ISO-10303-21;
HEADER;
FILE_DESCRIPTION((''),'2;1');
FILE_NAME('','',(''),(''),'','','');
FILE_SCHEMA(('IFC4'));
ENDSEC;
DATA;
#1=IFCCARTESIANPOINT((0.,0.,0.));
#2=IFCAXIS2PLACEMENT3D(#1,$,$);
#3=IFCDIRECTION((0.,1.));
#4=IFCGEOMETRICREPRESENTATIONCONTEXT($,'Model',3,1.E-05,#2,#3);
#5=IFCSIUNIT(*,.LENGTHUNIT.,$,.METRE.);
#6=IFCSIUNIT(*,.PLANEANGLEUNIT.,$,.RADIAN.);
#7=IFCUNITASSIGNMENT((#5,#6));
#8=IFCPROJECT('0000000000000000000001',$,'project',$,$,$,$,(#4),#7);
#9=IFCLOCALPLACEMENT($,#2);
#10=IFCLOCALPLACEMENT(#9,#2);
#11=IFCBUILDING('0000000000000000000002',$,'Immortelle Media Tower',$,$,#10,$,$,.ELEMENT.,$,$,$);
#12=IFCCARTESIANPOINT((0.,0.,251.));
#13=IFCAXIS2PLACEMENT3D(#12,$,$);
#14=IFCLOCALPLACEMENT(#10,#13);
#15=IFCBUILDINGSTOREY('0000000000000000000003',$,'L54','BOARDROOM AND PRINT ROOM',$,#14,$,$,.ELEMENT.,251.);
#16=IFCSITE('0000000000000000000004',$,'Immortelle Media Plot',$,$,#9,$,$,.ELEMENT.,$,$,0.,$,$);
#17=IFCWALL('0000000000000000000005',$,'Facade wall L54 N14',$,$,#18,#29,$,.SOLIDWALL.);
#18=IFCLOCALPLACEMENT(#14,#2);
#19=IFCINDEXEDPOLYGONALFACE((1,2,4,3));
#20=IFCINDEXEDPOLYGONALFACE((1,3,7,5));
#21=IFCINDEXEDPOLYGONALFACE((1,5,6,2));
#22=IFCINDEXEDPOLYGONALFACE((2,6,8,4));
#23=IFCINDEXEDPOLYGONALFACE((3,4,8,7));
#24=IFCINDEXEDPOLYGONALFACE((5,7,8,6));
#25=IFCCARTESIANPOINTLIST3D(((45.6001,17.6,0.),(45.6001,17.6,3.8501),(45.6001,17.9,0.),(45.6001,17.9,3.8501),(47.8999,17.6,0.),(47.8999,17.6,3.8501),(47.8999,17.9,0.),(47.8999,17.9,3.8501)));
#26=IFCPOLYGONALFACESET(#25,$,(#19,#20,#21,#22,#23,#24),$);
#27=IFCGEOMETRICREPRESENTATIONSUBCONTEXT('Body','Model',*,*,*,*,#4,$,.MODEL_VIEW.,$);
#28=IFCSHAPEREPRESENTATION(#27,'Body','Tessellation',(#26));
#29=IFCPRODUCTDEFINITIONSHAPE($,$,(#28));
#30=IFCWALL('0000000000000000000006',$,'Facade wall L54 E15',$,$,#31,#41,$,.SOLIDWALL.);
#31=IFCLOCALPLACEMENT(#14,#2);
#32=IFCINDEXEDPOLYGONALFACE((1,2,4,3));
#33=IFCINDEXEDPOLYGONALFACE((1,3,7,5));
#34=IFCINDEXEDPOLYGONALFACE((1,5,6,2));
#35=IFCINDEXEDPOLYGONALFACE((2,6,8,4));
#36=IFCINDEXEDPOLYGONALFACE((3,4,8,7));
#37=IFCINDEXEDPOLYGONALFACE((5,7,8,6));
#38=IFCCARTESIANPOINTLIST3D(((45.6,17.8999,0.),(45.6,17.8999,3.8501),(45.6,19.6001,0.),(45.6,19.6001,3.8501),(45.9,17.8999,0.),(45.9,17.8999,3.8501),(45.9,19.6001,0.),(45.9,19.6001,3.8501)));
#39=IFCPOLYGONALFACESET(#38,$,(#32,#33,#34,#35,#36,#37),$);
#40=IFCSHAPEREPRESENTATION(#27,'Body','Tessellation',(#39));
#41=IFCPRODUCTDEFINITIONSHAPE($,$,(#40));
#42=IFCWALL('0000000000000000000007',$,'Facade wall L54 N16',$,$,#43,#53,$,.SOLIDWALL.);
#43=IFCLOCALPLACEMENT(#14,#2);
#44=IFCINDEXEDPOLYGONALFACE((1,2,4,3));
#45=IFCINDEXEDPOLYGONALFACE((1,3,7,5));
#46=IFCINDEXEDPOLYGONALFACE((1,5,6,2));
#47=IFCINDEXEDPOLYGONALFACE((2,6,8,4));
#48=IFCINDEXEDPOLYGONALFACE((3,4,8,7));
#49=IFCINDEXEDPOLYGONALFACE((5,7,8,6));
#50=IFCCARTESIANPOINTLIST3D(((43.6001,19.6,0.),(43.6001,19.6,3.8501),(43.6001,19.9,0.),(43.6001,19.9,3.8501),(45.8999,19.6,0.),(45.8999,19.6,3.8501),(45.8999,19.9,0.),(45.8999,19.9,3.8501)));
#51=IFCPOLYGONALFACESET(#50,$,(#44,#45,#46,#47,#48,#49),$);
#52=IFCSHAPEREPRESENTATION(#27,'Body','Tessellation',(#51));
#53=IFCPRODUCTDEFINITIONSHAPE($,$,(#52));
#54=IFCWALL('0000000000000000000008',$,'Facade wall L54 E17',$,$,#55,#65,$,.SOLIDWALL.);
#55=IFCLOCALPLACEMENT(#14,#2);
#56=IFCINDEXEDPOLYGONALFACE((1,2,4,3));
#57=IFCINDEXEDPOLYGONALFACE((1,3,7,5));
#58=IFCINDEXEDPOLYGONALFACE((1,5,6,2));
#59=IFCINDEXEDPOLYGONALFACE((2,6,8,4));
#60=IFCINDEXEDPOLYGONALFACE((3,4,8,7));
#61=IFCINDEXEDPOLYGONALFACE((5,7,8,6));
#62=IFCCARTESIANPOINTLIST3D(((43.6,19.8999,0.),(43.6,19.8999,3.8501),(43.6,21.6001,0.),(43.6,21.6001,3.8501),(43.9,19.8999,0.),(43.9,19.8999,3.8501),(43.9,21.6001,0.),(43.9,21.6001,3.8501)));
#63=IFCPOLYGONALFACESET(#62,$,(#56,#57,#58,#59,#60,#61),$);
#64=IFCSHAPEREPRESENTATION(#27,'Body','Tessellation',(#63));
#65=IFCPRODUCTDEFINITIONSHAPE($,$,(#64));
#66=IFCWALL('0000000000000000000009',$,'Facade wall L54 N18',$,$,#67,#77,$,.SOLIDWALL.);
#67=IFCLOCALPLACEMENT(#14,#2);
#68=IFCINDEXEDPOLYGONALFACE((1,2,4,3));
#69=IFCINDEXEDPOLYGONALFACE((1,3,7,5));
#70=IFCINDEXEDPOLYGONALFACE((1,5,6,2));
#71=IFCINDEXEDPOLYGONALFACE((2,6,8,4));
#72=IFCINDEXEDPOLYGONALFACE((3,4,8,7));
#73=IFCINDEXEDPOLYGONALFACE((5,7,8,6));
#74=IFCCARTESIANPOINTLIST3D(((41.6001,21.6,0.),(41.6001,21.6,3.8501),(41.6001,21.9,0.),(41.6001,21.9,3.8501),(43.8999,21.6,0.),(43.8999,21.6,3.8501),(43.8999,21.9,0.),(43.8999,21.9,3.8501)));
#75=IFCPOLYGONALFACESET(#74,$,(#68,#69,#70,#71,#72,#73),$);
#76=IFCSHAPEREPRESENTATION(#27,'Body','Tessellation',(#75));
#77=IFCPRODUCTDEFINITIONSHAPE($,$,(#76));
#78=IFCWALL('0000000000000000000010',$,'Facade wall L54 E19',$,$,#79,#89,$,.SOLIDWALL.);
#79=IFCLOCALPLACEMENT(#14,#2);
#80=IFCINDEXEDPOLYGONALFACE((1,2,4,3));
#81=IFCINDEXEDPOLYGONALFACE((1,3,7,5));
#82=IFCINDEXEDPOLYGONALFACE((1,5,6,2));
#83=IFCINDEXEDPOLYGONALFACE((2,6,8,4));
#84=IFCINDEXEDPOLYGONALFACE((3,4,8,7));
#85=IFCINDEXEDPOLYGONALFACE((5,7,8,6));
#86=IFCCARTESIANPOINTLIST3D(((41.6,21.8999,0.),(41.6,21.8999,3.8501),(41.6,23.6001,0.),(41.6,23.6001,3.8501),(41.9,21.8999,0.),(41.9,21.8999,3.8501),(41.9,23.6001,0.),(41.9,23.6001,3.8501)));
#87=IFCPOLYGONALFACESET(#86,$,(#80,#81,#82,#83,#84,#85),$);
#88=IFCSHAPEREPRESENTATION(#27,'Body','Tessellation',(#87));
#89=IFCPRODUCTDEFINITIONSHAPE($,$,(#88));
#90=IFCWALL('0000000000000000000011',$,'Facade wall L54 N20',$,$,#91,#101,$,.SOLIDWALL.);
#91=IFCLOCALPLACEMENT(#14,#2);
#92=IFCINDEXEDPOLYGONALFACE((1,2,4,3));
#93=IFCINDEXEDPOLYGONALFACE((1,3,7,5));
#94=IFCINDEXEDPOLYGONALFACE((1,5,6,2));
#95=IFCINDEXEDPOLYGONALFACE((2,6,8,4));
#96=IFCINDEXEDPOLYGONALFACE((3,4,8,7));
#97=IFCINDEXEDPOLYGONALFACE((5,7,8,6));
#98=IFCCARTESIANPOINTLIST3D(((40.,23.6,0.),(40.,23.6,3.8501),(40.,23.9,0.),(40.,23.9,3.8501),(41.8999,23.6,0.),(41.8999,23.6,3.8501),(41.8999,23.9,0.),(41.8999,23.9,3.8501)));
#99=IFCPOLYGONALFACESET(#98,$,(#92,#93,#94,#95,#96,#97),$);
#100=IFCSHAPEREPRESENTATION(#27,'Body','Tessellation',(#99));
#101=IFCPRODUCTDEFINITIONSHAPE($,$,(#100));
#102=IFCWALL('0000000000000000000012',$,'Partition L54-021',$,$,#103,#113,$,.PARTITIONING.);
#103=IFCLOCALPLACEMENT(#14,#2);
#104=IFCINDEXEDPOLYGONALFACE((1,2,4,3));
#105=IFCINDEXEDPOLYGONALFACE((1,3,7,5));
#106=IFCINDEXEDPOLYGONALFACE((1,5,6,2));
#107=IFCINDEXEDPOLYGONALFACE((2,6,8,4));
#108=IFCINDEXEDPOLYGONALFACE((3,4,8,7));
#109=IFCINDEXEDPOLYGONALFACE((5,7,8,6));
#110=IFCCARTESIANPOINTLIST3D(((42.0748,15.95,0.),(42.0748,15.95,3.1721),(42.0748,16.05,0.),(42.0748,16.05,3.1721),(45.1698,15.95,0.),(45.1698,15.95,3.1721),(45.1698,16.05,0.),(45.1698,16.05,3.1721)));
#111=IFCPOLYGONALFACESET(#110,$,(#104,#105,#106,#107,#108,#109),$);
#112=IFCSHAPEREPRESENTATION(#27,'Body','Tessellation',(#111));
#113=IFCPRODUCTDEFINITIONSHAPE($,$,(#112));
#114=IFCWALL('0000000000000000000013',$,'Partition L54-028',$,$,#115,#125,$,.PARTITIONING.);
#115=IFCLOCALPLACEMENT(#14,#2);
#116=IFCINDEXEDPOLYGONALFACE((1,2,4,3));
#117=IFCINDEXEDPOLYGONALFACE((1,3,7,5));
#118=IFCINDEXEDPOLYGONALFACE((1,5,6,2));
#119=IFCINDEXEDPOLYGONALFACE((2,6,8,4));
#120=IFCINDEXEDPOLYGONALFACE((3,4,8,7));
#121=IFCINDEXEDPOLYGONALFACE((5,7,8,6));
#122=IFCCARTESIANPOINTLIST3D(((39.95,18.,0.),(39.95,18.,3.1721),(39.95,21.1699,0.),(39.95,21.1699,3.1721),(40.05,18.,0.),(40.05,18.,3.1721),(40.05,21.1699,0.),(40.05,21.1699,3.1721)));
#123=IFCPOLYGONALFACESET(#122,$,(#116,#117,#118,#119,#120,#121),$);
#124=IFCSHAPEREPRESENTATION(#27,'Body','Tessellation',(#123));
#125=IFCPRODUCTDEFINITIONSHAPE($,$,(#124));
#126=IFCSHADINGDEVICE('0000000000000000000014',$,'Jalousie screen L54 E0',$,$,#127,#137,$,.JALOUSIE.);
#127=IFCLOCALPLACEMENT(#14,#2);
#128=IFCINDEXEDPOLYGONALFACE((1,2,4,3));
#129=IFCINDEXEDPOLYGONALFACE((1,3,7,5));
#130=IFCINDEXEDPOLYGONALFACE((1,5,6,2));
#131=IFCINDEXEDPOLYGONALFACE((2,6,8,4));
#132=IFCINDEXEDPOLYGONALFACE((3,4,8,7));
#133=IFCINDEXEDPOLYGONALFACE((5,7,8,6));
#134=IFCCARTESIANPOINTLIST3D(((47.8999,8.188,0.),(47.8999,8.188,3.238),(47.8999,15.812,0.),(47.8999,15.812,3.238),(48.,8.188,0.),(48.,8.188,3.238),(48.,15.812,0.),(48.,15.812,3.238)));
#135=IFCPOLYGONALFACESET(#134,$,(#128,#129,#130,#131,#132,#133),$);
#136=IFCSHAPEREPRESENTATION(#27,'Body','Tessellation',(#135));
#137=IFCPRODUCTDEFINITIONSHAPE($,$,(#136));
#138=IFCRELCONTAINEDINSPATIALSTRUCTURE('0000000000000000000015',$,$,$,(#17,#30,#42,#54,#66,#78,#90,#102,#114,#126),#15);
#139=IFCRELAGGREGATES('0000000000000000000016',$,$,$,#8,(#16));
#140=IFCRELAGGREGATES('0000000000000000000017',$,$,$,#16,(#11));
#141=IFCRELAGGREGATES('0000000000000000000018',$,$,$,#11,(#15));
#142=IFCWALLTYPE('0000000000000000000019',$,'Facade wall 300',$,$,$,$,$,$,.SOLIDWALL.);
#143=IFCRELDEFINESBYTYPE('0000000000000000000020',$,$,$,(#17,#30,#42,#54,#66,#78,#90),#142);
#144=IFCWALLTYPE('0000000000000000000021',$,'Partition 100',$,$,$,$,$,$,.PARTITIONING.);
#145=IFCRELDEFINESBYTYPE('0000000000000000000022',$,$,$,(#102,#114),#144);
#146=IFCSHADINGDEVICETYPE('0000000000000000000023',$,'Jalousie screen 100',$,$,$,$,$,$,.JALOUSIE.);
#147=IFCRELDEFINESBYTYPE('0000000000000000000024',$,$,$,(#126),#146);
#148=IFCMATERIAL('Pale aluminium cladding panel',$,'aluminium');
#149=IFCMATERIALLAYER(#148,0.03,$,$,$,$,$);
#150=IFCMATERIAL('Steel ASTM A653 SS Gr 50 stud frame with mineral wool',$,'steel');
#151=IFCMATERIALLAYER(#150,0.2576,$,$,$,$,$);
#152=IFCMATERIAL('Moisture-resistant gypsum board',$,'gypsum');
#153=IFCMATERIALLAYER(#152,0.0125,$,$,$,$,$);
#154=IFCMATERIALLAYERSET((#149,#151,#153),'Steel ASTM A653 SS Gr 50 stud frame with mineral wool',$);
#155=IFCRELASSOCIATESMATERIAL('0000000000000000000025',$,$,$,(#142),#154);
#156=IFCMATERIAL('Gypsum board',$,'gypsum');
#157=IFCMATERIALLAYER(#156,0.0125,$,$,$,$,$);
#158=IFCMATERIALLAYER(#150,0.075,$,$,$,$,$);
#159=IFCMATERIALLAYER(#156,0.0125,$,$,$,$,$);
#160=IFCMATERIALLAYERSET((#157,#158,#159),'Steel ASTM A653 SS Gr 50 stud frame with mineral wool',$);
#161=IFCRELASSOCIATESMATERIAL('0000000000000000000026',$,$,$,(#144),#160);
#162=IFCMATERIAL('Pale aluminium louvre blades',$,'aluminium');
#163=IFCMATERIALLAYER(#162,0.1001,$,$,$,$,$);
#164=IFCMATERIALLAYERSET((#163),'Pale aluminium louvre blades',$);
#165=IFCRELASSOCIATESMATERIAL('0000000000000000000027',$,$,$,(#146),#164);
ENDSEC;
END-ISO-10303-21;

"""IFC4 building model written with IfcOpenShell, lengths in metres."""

from ifc_helpers import new_model, si_unit, direction, frame, frame_2d, origin, origin_2d, place, context, subcontext, project, spatial, rectangle, extrude, material, layer, layer_set, type_object, element, save


model = new_model("IFC4")

# Units and contexts
model_context = context("Model", 3, precision=1e-05, world=origin(), true_north=direction((0.0, 1.0)))
body_context = subcontext(model_context, "Body", "Model", "MODEL_VIEW")
ifc_project = project(units=[si_unit("LENGTHUNIT", "METRE"), si_unit("PLANEANGLEUNIT", "RADIAN")], contexts=[model_context])

# Site, building, storey
site_placement = place(None, origin())
site = spatial("IfcSite", under=ifc_project, at=site_placement, Name="Immortelle Media Plot", CompositionType="ELEMENT", RefElevation=0.0)
building_placement = place(site_placement, origin())
building = spatial("IfcBuilding", under=site, at=building_placement, Name="Immortelle Media Tower", CompositionType="ELEMENT")
storey_placement = place(building_placement, frame((0.0, 0.0, 251.0)))
storey = spatial("IfcBuildingStorey", under=building, at=storey_placement, Name="L54", Description="BOARDROOM AND PRINT ROOM", CompositionType="ELEMENT", Elevation=251.0)

# Walls
ifc_material_1 = material(Name="Steel ASTM A653 SS Gr 50 stud frame with mineral wool", Category="steel")
ifc_material_2 = material(Name="Pale aluminium cladding panel", Category="aluminium")
ifc_layer_1 = layer(ifc_material_2, 0.03)
ifc_layer_2 = layer(ifc_material_1, 0.2576)
ifc_material_3 = material(Name="Moisture-resistant gypsum board", Category="gypsum")
ifc_layer_3 = layer(ifc_material_3, 0.0125)
ifc_layer_set_1 = layer_set([ifc_layer_1, ifc_layer_2, ifc_layer_3], Name="Steel ASTM A653 SS Gr 50 stud frame with mineral wool")
wall_type_1 = type_object("IfcWallType", Name="Facade wall 300", PredefinedType="SOLIDWALL", material=ifc_layer_set_1)
wall_1_placement = place(storey_placement, frame((47.8999, 17.75, 0.0), z_axis=(0.0, 0.0, 1.0), x_axis=(-1.0, 0.0, 0.0)))
element("IfcWall", 1, at=wall_1_placement, inside=storey, type_object=wall_type_1, Name="Facade wall L54 N14", PredefinedType="SOLIDWALL", context=body_context, shape_type="SweptSolid", body=[
    extrude(rectangle(XDim=2.2998, YDim=0.3, at=frame_2d((1.1499, 0.0))), origin(), (0.0, 0.0, 1.0), 3.8501),
])
wall_2_placement = place(storey_placement, frame((45.75, 17.8999, 0.0), z_axis=(0.0, 0.0, 1.0), x_axis=(0.0, 1.0, 0.0)))
element("IfcWall", 2, at=wall_2_placement, inside=storey, type_object=wall_type_1, Name="Facade wall L54 E15", PredefinedType="SOLIDWALL", context=body_context, shape_type="SweptSolid", body=[
    extrude(rectangle(XDim=1.7002, YDim=0.3, at=frame_2d((0.8501, 0.0))), origin(), (0.0, 0.0, 1.0), 3.8501),
])
wall_3_placement = place(storey_placement, frame((45.8999, 19.75, 0.0), z_axis=(0.0, 0.0, 1.0), x_axis=(-1.0, 0.0, 0.0)))
element("IfcWall", 3, at=wall_3_placement, inside=storey, type_object=wall_type_1, Name="Facade wall L54 N16", PredefinedType="SOLIDWALL", context=body_context, shape_type="SweptSolid", body=[
    extrude(rectangle(XDim=2.2998, YDim=0.3, at=frame_2d((1.1499, 0.0))), origin(), (0.0, 0.0, 1.0), 3.8501),
])
wall_4_placement = place(storey_placement, frame((43.75, 19.8999, 0.0), z_axis=(0.0, 0.0, 1.0), x_axis=(0.0, 1.0, 0.0)))
element("IfcWall", 4, at=wall_4_placement, inside=storey, type_object=wall_type_1, Name="Facade wall L54 E17", PredefinedType="SOLIDWALL", context=body_context, shape_type="SweptSolid", body=[
    extrude(rectangle(XDim=1.7002, YDim=0.3, at=frame_2d((0.8501, 0.0))), origin(), (0.0, 0.0, 1.0), 3.8501),
])
wall_5_placement = place(storey_placement, frame((43.8999, 21.75, 0.0), z_axis=(0.0, 0.0, 1.0), x_axis=(-1.0, 0.0, 0.0)))
element("IfcWall", 5, at=wall_5_placement, inside=storey, type_object=wall_type_1, Name="Facade wall L54 N18", PredefinedType="SOLIDWALL", context=body_context, shape_type="SweptSolid", body=[
    extrude(rectangle(XDim=2.2998, YDim=0.3, at=frame_2d((1.1499, 0.0))), origin(), (0.0, 0.0, 1.0), 3.8501),
])
wall_6_placement = place(storey_placement, frame((41.75, 21.8999, 0.0), z_axis=(0.0, 0.0, 1.0), x_axis=(0.0, 1.0, 0.0)))
element("IfcWall", 6, at=wall_6_placement, inside=storey, type_object=wall_type_1, Name="Facade wall L54 E19", PredefinedType="SOLIDWALL", context=body_context, shape_type="SweptSolid", body=[
    extrude(rectangle(XDim=1.7002, YDim=0.3, at=frame_2d((0.8501, 0.0))), origin(), (0.0, 0.0, 1.0), 3.8501),
])
wall_7_placement = place(storey_placement, frame((41.8999, 23.75, 0.0), z_axis=(0.0, 0.0, 1.0), x_axis=(-1.0, 0.0, 0.0)))
element("IfcWall", 7, at=wall_7_placement, inside=storey, type_object=wall_type_1, Name="Facade wall L54 N20", PredefinedType="SOLIDWALL", context=body_context, shape_type="SweptSolid", body=[
    extrude(rectangle(XDim=1.8999, YDim=0.3, at=frame_2d((0.95, 0.0))), origin(), (0.0, 0.0, 1.0), 3.8501),
])
ifc_material_4 = material(Name="Gypsum board", Category="gypsum")
ifc_layer_4 = layer(ifc_material_4, 0.0125)
ifc_layer_5 = layer(ifc_material_1, 0.075)
ifc_layer_6 = layer(ifc_material_4, 0.0125)
ifc_layer_set_2 = layer_set([ifc_layer_4, ifc_layer_5, ifc_layer_6], Name="Steel ASTM A653 SS Gr 50 stud frame with mineral wool")
wall_type_2 = type_object("IfcWallType", Name="Partition 100", PredefinedType="PARTITIONING", material=ifc_layer_set_2)
wall_8_placement = place(storey_placement, frame((42.075, 16.0, 0.0), z_axis=(0.0, 0.0, 1.0), x_axis=(1.0, 0.0, 0.0)))
element("IfcWall", 8, at=wall_8_placement, inside=storey, type_object=wall_type_2, Name="Partition L54-021", PredefinedType="PARTITIONING", context=body_context, shape_type="SweptSolid", body=[
    extrude(rectangle(XDim=3.095, YDim=0.1001, at=frame_2d((1.5474, 0.0))), origin(), (0.0, 0.0, 1.0), 3.1721),
])
wall_9_placement = place(storey_placement, frame((40.0, 18.0, 0.0), z_axis=(0.0, 0.0, 1.0), x_axis=(0.0, 1.0, 0.0)))
element("IfcWall", 9, at=wall_9_placement, inside=storey, type_object=wall_type_2, Name="Partition L54-028", PredefinedType="PARTITIONING", context=body_context, shape_type="SweptSolid", body=[
    extrude(rectangle(XDim=3.1699, YDim=0.1001, at=frame_2d((1.585, 0.0))), origin(), (0.0, 0.0, 1.0), 3.1721),
])

# Shading device
ifc_material_5 = material(Name="Pale aluminium louvre blades", Category="aluminium")
ifc_layer_7 = layer(ifc_material_5, 0.1001)
ifc_layer_set_3 = layer_set([ifc_layer_7], Name="Pale aluminium louvre blades")
shading_device_type = type_object("IfcShadingDeviceType", Name="Jalousie screen 100", PredefinedType="JALOUSIE", material=ifc_layer_set_3)
shading_device_placement = place(storey_placement, frame((47.95, 12.0, 0.0), z_axis=(0.0, 0.0, 1.0), x_axis=(0.0, 1.0, 0.0)))
element("IfcShadingDevice", 10, at=shading_device_placement, inside=storey, type_object=shading_device_type, Name="Jalousie screen L54 E0", PredefinedType="JALOUSIE", context=body_context, shape_type="SweptSolid", body=[
    extrude(rectangle(XDim=7.624, YDim=0.1001, at=origin_2d()), origin(), (0.0, 0.0, 1.0), 3.238),
])

save(model, "model.ifc")
